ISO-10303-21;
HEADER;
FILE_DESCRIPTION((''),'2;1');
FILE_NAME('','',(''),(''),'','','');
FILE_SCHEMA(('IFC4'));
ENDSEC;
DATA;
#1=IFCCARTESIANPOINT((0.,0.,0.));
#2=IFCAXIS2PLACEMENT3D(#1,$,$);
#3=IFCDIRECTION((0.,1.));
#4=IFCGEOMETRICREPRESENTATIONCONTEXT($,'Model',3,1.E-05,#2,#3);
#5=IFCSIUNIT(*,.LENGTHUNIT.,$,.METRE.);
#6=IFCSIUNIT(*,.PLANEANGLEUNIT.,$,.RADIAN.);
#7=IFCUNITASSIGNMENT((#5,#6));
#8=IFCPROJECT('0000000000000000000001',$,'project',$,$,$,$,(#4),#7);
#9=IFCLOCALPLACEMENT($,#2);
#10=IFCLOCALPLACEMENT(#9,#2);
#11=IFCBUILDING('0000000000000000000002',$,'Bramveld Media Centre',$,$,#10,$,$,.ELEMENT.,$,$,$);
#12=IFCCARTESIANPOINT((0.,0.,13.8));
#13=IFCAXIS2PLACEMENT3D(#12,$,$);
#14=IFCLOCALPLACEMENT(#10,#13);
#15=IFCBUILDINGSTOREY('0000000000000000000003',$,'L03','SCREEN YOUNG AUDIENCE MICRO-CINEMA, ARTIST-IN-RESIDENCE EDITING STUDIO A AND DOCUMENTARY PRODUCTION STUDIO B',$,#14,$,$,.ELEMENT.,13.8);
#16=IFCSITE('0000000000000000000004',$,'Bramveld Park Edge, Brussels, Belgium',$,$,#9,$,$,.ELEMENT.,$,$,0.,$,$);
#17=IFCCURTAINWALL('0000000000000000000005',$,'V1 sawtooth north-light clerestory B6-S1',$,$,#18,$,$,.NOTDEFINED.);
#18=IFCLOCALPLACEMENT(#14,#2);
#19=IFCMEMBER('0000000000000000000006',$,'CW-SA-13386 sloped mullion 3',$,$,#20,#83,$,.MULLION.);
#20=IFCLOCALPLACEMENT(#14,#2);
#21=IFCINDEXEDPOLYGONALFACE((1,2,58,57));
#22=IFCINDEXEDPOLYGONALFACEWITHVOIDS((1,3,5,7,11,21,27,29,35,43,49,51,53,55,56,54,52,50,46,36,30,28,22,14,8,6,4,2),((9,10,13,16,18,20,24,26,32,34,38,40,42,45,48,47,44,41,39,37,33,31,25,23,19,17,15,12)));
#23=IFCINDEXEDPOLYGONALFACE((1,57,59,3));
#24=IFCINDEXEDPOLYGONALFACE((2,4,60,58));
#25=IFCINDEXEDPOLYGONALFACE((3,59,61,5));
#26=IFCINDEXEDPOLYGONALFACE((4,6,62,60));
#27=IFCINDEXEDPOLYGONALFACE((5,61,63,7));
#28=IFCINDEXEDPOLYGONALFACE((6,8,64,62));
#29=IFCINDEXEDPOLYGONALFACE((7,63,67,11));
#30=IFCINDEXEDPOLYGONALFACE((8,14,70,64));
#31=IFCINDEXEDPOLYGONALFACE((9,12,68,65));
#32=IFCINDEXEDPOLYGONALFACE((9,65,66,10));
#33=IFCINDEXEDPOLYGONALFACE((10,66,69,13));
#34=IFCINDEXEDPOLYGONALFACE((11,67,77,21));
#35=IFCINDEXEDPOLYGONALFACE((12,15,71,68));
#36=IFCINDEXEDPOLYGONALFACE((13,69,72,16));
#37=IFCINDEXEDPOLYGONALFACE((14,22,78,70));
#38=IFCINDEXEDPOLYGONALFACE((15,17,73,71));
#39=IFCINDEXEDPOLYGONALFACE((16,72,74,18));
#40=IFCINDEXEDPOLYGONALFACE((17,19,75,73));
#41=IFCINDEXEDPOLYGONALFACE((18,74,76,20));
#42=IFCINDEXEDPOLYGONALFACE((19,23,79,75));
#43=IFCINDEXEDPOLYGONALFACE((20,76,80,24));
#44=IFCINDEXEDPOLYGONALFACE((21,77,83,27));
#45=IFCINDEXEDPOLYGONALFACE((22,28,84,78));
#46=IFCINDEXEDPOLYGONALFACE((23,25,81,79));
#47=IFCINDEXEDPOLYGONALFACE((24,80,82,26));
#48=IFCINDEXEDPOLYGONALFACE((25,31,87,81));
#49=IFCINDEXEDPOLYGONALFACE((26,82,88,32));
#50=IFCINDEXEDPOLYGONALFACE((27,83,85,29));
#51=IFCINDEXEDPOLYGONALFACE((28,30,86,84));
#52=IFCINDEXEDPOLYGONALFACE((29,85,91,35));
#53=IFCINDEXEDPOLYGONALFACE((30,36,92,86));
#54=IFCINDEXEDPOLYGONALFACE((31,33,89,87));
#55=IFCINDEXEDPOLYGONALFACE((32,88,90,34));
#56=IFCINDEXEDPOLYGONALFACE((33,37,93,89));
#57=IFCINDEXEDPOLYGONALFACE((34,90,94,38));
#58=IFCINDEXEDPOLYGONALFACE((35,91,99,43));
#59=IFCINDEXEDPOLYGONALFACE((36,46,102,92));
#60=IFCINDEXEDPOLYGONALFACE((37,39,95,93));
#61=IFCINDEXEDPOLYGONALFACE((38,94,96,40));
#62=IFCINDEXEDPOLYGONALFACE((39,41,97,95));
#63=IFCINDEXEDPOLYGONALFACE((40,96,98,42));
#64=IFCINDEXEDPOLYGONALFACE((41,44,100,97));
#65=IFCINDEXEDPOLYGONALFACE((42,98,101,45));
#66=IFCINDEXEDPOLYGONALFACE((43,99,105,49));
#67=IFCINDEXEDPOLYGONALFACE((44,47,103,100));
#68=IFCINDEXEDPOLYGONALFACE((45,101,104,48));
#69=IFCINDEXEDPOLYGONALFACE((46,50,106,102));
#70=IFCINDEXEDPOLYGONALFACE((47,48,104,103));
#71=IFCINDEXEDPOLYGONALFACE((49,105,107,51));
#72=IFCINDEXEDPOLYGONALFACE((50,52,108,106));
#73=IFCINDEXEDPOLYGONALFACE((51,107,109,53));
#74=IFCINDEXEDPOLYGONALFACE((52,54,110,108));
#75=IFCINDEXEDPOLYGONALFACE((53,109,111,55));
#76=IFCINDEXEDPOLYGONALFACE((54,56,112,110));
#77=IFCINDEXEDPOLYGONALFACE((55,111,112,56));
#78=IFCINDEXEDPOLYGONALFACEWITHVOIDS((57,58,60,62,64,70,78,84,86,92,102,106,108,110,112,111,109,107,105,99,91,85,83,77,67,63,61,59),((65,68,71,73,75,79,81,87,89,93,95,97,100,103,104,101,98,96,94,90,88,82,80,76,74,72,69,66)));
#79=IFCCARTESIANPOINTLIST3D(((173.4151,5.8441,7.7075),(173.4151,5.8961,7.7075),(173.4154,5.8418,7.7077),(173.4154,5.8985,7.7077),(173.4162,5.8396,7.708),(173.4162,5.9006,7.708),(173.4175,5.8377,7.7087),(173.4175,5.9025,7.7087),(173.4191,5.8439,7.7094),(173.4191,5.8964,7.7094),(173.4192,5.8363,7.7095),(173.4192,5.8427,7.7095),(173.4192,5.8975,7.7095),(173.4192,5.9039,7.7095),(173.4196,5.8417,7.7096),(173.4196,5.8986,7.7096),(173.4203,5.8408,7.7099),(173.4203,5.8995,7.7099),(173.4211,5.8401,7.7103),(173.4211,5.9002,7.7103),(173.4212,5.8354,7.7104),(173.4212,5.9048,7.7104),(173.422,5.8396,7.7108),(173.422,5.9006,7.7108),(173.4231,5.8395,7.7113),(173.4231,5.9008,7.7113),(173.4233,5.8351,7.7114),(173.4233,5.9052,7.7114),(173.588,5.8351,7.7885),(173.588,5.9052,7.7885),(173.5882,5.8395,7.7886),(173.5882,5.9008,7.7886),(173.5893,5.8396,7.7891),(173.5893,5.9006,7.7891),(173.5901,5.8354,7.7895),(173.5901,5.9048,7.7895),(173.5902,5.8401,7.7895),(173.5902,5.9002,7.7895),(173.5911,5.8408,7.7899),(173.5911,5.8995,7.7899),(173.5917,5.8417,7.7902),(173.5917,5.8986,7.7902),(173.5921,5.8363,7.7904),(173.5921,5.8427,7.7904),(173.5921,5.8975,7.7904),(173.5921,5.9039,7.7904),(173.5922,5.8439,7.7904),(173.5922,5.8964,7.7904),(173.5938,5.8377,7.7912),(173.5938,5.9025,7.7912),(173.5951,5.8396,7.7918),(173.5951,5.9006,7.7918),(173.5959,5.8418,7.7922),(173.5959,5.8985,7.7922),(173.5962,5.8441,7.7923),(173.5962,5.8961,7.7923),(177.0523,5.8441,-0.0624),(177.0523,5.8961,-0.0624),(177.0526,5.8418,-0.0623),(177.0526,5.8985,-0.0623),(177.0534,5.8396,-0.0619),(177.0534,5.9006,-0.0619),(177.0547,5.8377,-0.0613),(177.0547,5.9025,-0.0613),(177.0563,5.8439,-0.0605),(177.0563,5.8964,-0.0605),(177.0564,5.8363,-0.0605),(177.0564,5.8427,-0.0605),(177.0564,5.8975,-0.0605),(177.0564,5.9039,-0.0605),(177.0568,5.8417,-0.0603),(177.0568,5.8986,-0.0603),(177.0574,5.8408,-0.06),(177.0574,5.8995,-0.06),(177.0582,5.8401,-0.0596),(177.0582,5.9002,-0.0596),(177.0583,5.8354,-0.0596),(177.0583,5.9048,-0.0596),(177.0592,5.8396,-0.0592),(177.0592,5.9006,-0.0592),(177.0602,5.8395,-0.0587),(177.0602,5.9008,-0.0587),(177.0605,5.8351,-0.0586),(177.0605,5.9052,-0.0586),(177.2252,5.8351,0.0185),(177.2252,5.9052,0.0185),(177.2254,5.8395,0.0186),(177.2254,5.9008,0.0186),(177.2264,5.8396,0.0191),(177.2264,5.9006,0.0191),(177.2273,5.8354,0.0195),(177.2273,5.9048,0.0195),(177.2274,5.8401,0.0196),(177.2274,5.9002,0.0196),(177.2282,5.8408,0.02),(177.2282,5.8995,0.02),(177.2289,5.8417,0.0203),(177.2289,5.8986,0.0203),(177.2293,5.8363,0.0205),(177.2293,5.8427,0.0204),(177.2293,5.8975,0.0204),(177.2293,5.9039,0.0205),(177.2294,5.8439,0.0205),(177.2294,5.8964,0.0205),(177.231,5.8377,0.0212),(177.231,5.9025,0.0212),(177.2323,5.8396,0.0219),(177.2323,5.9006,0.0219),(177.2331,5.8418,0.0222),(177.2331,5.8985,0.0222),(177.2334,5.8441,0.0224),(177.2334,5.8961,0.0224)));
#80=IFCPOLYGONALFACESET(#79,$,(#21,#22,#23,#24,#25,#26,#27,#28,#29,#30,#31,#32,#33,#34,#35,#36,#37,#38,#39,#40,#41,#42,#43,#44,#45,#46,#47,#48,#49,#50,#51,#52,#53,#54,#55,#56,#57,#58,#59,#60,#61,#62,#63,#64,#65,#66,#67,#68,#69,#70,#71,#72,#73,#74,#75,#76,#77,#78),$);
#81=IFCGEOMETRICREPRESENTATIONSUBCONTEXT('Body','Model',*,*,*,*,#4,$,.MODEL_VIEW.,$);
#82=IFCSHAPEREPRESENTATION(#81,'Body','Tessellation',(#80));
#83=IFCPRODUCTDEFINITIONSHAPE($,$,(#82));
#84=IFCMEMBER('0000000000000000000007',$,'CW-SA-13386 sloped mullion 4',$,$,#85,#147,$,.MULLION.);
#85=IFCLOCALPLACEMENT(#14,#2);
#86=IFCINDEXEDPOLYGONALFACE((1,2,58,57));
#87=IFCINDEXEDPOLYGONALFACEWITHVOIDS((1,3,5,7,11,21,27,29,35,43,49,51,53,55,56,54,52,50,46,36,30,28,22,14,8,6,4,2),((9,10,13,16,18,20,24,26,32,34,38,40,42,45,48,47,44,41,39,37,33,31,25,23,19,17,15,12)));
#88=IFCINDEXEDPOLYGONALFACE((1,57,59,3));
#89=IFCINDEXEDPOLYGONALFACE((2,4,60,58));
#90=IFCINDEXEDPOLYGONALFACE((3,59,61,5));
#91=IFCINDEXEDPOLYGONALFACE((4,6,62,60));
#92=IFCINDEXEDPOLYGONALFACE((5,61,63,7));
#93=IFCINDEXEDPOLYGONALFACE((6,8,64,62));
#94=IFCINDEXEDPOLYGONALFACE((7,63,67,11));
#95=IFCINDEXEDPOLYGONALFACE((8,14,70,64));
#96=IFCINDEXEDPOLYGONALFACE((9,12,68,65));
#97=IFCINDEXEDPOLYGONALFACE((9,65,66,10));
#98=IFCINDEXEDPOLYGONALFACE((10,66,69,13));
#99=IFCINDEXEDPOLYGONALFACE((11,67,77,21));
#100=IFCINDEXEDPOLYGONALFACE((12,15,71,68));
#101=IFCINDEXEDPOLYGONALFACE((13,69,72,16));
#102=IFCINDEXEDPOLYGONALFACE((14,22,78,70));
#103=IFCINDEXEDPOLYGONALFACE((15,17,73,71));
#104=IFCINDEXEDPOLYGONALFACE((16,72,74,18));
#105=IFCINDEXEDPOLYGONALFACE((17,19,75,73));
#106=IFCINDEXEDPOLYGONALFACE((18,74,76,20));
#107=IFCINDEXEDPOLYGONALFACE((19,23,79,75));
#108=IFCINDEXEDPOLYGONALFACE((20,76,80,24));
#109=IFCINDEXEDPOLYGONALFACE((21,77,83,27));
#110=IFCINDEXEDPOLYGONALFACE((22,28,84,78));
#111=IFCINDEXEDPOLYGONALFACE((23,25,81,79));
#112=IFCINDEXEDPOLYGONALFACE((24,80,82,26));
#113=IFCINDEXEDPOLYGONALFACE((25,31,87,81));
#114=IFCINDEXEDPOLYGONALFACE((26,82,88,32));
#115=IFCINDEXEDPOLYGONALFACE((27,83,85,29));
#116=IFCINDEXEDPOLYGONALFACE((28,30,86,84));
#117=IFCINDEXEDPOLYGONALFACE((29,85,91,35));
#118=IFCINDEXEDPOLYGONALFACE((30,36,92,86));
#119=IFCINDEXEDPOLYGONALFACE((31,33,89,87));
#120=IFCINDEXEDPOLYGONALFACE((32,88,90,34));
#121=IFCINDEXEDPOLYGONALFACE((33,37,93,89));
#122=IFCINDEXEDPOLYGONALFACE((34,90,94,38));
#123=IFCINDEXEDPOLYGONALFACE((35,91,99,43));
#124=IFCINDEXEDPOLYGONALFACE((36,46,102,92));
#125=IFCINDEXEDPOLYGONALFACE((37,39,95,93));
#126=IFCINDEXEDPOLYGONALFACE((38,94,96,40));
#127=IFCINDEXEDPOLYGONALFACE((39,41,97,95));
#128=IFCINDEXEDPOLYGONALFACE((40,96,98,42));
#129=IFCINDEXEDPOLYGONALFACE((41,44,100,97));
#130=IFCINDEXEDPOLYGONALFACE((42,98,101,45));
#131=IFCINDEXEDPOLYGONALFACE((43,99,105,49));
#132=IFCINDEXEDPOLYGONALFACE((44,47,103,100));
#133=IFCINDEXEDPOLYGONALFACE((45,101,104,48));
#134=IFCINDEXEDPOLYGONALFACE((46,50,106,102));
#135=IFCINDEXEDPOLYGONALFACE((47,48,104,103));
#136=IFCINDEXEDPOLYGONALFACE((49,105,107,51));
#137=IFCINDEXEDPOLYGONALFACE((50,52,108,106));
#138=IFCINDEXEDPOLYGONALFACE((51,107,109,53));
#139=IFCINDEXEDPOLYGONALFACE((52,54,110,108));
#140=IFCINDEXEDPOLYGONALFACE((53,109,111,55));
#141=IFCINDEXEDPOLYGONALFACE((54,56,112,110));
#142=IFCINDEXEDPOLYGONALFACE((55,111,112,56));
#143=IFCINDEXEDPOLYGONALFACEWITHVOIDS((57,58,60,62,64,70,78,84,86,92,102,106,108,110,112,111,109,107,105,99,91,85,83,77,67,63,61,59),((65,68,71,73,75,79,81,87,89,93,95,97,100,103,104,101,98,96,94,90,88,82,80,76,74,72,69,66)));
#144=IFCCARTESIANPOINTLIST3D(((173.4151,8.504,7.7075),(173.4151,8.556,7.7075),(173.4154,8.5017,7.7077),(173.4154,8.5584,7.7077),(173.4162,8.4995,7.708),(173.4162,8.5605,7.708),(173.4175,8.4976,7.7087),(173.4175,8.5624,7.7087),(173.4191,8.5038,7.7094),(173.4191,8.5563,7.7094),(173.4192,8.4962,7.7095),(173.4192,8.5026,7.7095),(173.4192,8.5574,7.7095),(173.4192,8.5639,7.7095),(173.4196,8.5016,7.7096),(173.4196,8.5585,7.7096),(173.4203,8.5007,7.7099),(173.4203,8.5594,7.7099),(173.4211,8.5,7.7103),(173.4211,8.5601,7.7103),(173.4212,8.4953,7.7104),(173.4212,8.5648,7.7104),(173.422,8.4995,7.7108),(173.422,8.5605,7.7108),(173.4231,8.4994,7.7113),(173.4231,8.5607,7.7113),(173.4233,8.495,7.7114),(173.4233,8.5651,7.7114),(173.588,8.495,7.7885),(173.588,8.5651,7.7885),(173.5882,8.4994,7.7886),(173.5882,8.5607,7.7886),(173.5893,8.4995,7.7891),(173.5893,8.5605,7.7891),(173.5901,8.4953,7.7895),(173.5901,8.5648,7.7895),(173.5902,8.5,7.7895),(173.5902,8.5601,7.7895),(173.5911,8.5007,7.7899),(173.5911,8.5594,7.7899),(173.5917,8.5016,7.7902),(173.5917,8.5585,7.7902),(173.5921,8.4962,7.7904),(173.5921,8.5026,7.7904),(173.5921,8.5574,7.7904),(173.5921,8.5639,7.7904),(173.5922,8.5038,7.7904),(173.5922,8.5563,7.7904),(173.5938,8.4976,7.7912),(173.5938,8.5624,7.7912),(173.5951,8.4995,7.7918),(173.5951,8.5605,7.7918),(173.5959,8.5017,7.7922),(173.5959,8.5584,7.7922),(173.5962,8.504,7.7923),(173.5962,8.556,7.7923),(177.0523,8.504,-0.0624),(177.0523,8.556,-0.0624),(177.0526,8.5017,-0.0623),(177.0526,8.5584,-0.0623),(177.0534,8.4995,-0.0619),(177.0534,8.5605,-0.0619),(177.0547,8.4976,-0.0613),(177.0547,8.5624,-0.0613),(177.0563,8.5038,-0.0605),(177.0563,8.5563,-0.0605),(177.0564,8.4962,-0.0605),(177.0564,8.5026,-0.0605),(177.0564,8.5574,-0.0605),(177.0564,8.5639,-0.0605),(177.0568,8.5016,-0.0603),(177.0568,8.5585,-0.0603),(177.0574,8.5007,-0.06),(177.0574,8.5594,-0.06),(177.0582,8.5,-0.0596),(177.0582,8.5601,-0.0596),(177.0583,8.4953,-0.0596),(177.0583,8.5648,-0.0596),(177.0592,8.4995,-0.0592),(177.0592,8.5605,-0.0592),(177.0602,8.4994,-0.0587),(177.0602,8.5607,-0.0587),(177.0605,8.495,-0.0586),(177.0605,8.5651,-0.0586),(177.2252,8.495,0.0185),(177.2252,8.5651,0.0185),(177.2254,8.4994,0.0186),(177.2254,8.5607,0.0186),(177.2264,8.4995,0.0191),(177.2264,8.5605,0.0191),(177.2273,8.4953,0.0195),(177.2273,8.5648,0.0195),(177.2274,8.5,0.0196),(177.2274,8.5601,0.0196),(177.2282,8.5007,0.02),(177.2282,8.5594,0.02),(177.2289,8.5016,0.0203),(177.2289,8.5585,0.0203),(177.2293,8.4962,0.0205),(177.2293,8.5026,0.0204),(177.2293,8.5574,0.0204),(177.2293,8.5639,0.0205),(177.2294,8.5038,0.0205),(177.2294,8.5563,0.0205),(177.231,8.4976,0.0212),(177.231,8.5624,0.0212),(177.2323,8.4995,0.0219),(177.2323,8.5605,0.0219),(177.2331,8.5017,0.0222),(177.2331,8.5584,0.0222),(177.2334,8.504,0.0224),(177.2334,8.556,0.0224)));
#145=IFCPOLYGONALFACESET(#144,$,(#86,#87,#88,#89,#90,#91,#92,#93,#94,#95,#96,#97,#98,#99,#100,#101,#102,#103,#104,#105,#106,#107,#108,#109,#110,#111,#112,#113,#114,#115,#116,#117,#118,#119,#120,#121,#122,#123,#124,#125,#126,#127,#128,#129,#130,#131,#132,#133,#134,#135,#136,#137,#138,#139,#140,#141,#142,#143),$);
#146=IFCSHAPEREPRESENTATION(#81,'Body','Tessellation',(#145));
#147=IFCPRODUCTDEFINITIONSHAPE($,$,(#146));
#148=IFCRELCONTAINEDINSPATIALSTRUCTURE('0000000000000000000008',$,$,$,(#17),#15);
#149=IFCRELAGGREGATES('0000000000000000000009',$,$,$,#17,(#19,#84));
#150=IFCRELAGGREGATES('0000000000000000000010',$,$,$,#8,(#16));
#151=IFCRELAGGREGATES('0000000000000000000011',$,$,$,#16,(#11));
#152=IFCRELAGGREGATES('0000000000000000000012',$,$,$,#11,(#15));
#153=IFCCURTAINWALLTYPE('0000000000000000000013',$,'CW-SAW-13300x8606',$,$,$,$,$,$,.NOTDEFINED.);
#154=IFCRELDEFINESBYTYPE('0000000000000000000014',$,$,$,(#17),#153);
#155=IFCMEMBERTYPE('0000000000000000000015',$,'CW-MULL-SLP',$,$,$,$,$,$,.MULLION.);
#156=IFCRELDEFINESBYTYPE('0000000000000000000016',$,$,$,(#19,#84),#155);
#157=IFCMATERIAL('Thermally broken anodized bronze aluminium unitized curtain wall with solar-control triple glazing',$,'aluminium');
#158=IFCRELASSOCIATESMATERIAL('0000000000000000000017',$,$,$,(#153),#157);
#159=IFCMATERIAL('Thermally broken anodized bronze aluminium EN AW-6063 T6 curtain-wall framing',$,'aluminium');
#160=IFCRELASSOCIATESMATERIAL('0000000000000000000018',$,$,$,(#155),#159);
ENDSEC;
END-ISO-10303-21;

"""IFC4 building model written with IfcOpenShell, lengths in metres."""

from ifc_helpers import new_model, si_unit, direction, frame, origin, origin_2d, place, context, subcontext, project, spatial, hollow_rectangle, extrude, material, material_profile, profile_set, type_object, element, aggregate, save


model = new_model("IFC4")

# Units and contexts
model_context = context("Model", 3, precision=1e-05, world=origin(), true_north=direction((0.0, 1.0)))
body_context = subcontext(model_context, "Body", "Model", "MODEL_VIEW")
ifc_project = project(units=[si_unit("LENGTHUNIT", "METRE"), si_unit("PLANEANGLEUNIT", "RADIAN")], contexts=[model_context])

# Site, building, storey
site_placement = place(None, origin())
site = spatial("IfcSite", under=ifc_project, at=site_placement, Name="Bramveld Park Edge, Brussels, Belgium", CompositionType="ELEMENT", RefElevation=0.0)
building_placement = place(site_placement, origin())
building = spatial("IfcBuilding", under=site, at=building_placement, Name="Bramveld Media Centre", CompositionType="ELEMENT")
storey_placement = place(building_placement, frame((0.0, 0.0, 13.8)))
storey = spatial("IfcBuildingStorey", under=building, at=storey_placement, Name="L03", Description="SCREEN YOUNG AUDIENCE MICRO-CINEMA, ARTIST-IN-RESIDENCE EDITING STUDIO A AND DOCUMENTARY PRODUCTION STUDIO B", CompositionType="ELEMENT", Elevation=13.8)

# Curtain wall, members
ifc_material_1 = material(Name="Thermally broken anodized bronze aluminium unitized curtain wall with solar-control triple glazing", Category="aluminium")
curtain_wall_type = type_object("IfcCurtainWallType", Name="CW-SAW-13300x8606", PredefinedType="NOTDEFINED", material=ifc_material_1)
curtain_wall_placement = place(storey_placement, origin())
curtain_wall = element("IfcCurtainWall", 1, at=curtain_wall_placement, inside=storey, type_object=curtain_wall_type, Name="V1 sawtooth north-light clerestory B6-S1", PredefinedType="NOTDEFINED")
ifc_material_2 = material(Name="Thermally broken anodized bronze aluminium EN AW-6063 T6 curtain-wall framing", Category="aluminium")
ifc_material_profile_1 = material_profile(ifc_material_2, hollow_rectangle(XDim=0.0701, YDim=0.2, WallThickness=0.0044, InnerFilletRadius=0.0044, OuterFilletRadius=0.009, at=origin_2d()), Name="AL-MULL 70x200")
ifc_profile_set_1 = profile_set([ifc_material_profile_1], Name="Thermally broken anodized bronze aluminium EN AW-6063 T6 curtain-wall framing")
member_type_1 = type_object("IfcMemberType", Name="CW-MULL-SLP", PredefinedType="MULLION", material=ifc_profile_set_1)
member_1_placement = place(storey_placement, frame((177.1428, 5.8701, -0.02), z_axis=(-0.423957, 0.0, 0.905682), x_axis=(0.0, -1.0, 0.0)))
member_1 = element("IfcMember", 2, at=member_1_placement, type_object=member_type_1, Name="CW-SA-13386 sloped mullion 3", PredefinedType="MULLION", context=body_context, shape_type="SweptSolid", body=[
    extrude(hollow_rectangle(XDim=0.0701, YDim=0.2, WallThickness=0.0044, InnerFilletRadius=0.0044, OuterFilletRadius=0.009, at=origin_2d()), origin(), (0.0, 0.0, 1.0), 8.5791),
])
member_2_placement = place(storey_placement, frame((177.1428, 8.53, -0.02), z_axis=(-0.423957, 0.0, 0.905682), x_axis=(0.0, -1.0, 0.0)))
member_2 = element("IfcMember", 3, at=member_2_placement, type_object=member_type_1, Name="CW-SA-13386 sloped mullion 4", PredefinedType="MULLION", context=body_context, shape_type="SweptSolid", body=[
    extrude(hollow_rectangle(XDim=0.0701, YDim=0.2, WallThickness=0.0044, InnerFilletRadius=0.0044, OuterFilletRadius=0.009, at=origin_2d()), origin(), (0.0, 0.0, 1.0), 8.5791),
])

aggregate(curtain_wall, [member_1, member_2])

save(model, "model.ifc")
